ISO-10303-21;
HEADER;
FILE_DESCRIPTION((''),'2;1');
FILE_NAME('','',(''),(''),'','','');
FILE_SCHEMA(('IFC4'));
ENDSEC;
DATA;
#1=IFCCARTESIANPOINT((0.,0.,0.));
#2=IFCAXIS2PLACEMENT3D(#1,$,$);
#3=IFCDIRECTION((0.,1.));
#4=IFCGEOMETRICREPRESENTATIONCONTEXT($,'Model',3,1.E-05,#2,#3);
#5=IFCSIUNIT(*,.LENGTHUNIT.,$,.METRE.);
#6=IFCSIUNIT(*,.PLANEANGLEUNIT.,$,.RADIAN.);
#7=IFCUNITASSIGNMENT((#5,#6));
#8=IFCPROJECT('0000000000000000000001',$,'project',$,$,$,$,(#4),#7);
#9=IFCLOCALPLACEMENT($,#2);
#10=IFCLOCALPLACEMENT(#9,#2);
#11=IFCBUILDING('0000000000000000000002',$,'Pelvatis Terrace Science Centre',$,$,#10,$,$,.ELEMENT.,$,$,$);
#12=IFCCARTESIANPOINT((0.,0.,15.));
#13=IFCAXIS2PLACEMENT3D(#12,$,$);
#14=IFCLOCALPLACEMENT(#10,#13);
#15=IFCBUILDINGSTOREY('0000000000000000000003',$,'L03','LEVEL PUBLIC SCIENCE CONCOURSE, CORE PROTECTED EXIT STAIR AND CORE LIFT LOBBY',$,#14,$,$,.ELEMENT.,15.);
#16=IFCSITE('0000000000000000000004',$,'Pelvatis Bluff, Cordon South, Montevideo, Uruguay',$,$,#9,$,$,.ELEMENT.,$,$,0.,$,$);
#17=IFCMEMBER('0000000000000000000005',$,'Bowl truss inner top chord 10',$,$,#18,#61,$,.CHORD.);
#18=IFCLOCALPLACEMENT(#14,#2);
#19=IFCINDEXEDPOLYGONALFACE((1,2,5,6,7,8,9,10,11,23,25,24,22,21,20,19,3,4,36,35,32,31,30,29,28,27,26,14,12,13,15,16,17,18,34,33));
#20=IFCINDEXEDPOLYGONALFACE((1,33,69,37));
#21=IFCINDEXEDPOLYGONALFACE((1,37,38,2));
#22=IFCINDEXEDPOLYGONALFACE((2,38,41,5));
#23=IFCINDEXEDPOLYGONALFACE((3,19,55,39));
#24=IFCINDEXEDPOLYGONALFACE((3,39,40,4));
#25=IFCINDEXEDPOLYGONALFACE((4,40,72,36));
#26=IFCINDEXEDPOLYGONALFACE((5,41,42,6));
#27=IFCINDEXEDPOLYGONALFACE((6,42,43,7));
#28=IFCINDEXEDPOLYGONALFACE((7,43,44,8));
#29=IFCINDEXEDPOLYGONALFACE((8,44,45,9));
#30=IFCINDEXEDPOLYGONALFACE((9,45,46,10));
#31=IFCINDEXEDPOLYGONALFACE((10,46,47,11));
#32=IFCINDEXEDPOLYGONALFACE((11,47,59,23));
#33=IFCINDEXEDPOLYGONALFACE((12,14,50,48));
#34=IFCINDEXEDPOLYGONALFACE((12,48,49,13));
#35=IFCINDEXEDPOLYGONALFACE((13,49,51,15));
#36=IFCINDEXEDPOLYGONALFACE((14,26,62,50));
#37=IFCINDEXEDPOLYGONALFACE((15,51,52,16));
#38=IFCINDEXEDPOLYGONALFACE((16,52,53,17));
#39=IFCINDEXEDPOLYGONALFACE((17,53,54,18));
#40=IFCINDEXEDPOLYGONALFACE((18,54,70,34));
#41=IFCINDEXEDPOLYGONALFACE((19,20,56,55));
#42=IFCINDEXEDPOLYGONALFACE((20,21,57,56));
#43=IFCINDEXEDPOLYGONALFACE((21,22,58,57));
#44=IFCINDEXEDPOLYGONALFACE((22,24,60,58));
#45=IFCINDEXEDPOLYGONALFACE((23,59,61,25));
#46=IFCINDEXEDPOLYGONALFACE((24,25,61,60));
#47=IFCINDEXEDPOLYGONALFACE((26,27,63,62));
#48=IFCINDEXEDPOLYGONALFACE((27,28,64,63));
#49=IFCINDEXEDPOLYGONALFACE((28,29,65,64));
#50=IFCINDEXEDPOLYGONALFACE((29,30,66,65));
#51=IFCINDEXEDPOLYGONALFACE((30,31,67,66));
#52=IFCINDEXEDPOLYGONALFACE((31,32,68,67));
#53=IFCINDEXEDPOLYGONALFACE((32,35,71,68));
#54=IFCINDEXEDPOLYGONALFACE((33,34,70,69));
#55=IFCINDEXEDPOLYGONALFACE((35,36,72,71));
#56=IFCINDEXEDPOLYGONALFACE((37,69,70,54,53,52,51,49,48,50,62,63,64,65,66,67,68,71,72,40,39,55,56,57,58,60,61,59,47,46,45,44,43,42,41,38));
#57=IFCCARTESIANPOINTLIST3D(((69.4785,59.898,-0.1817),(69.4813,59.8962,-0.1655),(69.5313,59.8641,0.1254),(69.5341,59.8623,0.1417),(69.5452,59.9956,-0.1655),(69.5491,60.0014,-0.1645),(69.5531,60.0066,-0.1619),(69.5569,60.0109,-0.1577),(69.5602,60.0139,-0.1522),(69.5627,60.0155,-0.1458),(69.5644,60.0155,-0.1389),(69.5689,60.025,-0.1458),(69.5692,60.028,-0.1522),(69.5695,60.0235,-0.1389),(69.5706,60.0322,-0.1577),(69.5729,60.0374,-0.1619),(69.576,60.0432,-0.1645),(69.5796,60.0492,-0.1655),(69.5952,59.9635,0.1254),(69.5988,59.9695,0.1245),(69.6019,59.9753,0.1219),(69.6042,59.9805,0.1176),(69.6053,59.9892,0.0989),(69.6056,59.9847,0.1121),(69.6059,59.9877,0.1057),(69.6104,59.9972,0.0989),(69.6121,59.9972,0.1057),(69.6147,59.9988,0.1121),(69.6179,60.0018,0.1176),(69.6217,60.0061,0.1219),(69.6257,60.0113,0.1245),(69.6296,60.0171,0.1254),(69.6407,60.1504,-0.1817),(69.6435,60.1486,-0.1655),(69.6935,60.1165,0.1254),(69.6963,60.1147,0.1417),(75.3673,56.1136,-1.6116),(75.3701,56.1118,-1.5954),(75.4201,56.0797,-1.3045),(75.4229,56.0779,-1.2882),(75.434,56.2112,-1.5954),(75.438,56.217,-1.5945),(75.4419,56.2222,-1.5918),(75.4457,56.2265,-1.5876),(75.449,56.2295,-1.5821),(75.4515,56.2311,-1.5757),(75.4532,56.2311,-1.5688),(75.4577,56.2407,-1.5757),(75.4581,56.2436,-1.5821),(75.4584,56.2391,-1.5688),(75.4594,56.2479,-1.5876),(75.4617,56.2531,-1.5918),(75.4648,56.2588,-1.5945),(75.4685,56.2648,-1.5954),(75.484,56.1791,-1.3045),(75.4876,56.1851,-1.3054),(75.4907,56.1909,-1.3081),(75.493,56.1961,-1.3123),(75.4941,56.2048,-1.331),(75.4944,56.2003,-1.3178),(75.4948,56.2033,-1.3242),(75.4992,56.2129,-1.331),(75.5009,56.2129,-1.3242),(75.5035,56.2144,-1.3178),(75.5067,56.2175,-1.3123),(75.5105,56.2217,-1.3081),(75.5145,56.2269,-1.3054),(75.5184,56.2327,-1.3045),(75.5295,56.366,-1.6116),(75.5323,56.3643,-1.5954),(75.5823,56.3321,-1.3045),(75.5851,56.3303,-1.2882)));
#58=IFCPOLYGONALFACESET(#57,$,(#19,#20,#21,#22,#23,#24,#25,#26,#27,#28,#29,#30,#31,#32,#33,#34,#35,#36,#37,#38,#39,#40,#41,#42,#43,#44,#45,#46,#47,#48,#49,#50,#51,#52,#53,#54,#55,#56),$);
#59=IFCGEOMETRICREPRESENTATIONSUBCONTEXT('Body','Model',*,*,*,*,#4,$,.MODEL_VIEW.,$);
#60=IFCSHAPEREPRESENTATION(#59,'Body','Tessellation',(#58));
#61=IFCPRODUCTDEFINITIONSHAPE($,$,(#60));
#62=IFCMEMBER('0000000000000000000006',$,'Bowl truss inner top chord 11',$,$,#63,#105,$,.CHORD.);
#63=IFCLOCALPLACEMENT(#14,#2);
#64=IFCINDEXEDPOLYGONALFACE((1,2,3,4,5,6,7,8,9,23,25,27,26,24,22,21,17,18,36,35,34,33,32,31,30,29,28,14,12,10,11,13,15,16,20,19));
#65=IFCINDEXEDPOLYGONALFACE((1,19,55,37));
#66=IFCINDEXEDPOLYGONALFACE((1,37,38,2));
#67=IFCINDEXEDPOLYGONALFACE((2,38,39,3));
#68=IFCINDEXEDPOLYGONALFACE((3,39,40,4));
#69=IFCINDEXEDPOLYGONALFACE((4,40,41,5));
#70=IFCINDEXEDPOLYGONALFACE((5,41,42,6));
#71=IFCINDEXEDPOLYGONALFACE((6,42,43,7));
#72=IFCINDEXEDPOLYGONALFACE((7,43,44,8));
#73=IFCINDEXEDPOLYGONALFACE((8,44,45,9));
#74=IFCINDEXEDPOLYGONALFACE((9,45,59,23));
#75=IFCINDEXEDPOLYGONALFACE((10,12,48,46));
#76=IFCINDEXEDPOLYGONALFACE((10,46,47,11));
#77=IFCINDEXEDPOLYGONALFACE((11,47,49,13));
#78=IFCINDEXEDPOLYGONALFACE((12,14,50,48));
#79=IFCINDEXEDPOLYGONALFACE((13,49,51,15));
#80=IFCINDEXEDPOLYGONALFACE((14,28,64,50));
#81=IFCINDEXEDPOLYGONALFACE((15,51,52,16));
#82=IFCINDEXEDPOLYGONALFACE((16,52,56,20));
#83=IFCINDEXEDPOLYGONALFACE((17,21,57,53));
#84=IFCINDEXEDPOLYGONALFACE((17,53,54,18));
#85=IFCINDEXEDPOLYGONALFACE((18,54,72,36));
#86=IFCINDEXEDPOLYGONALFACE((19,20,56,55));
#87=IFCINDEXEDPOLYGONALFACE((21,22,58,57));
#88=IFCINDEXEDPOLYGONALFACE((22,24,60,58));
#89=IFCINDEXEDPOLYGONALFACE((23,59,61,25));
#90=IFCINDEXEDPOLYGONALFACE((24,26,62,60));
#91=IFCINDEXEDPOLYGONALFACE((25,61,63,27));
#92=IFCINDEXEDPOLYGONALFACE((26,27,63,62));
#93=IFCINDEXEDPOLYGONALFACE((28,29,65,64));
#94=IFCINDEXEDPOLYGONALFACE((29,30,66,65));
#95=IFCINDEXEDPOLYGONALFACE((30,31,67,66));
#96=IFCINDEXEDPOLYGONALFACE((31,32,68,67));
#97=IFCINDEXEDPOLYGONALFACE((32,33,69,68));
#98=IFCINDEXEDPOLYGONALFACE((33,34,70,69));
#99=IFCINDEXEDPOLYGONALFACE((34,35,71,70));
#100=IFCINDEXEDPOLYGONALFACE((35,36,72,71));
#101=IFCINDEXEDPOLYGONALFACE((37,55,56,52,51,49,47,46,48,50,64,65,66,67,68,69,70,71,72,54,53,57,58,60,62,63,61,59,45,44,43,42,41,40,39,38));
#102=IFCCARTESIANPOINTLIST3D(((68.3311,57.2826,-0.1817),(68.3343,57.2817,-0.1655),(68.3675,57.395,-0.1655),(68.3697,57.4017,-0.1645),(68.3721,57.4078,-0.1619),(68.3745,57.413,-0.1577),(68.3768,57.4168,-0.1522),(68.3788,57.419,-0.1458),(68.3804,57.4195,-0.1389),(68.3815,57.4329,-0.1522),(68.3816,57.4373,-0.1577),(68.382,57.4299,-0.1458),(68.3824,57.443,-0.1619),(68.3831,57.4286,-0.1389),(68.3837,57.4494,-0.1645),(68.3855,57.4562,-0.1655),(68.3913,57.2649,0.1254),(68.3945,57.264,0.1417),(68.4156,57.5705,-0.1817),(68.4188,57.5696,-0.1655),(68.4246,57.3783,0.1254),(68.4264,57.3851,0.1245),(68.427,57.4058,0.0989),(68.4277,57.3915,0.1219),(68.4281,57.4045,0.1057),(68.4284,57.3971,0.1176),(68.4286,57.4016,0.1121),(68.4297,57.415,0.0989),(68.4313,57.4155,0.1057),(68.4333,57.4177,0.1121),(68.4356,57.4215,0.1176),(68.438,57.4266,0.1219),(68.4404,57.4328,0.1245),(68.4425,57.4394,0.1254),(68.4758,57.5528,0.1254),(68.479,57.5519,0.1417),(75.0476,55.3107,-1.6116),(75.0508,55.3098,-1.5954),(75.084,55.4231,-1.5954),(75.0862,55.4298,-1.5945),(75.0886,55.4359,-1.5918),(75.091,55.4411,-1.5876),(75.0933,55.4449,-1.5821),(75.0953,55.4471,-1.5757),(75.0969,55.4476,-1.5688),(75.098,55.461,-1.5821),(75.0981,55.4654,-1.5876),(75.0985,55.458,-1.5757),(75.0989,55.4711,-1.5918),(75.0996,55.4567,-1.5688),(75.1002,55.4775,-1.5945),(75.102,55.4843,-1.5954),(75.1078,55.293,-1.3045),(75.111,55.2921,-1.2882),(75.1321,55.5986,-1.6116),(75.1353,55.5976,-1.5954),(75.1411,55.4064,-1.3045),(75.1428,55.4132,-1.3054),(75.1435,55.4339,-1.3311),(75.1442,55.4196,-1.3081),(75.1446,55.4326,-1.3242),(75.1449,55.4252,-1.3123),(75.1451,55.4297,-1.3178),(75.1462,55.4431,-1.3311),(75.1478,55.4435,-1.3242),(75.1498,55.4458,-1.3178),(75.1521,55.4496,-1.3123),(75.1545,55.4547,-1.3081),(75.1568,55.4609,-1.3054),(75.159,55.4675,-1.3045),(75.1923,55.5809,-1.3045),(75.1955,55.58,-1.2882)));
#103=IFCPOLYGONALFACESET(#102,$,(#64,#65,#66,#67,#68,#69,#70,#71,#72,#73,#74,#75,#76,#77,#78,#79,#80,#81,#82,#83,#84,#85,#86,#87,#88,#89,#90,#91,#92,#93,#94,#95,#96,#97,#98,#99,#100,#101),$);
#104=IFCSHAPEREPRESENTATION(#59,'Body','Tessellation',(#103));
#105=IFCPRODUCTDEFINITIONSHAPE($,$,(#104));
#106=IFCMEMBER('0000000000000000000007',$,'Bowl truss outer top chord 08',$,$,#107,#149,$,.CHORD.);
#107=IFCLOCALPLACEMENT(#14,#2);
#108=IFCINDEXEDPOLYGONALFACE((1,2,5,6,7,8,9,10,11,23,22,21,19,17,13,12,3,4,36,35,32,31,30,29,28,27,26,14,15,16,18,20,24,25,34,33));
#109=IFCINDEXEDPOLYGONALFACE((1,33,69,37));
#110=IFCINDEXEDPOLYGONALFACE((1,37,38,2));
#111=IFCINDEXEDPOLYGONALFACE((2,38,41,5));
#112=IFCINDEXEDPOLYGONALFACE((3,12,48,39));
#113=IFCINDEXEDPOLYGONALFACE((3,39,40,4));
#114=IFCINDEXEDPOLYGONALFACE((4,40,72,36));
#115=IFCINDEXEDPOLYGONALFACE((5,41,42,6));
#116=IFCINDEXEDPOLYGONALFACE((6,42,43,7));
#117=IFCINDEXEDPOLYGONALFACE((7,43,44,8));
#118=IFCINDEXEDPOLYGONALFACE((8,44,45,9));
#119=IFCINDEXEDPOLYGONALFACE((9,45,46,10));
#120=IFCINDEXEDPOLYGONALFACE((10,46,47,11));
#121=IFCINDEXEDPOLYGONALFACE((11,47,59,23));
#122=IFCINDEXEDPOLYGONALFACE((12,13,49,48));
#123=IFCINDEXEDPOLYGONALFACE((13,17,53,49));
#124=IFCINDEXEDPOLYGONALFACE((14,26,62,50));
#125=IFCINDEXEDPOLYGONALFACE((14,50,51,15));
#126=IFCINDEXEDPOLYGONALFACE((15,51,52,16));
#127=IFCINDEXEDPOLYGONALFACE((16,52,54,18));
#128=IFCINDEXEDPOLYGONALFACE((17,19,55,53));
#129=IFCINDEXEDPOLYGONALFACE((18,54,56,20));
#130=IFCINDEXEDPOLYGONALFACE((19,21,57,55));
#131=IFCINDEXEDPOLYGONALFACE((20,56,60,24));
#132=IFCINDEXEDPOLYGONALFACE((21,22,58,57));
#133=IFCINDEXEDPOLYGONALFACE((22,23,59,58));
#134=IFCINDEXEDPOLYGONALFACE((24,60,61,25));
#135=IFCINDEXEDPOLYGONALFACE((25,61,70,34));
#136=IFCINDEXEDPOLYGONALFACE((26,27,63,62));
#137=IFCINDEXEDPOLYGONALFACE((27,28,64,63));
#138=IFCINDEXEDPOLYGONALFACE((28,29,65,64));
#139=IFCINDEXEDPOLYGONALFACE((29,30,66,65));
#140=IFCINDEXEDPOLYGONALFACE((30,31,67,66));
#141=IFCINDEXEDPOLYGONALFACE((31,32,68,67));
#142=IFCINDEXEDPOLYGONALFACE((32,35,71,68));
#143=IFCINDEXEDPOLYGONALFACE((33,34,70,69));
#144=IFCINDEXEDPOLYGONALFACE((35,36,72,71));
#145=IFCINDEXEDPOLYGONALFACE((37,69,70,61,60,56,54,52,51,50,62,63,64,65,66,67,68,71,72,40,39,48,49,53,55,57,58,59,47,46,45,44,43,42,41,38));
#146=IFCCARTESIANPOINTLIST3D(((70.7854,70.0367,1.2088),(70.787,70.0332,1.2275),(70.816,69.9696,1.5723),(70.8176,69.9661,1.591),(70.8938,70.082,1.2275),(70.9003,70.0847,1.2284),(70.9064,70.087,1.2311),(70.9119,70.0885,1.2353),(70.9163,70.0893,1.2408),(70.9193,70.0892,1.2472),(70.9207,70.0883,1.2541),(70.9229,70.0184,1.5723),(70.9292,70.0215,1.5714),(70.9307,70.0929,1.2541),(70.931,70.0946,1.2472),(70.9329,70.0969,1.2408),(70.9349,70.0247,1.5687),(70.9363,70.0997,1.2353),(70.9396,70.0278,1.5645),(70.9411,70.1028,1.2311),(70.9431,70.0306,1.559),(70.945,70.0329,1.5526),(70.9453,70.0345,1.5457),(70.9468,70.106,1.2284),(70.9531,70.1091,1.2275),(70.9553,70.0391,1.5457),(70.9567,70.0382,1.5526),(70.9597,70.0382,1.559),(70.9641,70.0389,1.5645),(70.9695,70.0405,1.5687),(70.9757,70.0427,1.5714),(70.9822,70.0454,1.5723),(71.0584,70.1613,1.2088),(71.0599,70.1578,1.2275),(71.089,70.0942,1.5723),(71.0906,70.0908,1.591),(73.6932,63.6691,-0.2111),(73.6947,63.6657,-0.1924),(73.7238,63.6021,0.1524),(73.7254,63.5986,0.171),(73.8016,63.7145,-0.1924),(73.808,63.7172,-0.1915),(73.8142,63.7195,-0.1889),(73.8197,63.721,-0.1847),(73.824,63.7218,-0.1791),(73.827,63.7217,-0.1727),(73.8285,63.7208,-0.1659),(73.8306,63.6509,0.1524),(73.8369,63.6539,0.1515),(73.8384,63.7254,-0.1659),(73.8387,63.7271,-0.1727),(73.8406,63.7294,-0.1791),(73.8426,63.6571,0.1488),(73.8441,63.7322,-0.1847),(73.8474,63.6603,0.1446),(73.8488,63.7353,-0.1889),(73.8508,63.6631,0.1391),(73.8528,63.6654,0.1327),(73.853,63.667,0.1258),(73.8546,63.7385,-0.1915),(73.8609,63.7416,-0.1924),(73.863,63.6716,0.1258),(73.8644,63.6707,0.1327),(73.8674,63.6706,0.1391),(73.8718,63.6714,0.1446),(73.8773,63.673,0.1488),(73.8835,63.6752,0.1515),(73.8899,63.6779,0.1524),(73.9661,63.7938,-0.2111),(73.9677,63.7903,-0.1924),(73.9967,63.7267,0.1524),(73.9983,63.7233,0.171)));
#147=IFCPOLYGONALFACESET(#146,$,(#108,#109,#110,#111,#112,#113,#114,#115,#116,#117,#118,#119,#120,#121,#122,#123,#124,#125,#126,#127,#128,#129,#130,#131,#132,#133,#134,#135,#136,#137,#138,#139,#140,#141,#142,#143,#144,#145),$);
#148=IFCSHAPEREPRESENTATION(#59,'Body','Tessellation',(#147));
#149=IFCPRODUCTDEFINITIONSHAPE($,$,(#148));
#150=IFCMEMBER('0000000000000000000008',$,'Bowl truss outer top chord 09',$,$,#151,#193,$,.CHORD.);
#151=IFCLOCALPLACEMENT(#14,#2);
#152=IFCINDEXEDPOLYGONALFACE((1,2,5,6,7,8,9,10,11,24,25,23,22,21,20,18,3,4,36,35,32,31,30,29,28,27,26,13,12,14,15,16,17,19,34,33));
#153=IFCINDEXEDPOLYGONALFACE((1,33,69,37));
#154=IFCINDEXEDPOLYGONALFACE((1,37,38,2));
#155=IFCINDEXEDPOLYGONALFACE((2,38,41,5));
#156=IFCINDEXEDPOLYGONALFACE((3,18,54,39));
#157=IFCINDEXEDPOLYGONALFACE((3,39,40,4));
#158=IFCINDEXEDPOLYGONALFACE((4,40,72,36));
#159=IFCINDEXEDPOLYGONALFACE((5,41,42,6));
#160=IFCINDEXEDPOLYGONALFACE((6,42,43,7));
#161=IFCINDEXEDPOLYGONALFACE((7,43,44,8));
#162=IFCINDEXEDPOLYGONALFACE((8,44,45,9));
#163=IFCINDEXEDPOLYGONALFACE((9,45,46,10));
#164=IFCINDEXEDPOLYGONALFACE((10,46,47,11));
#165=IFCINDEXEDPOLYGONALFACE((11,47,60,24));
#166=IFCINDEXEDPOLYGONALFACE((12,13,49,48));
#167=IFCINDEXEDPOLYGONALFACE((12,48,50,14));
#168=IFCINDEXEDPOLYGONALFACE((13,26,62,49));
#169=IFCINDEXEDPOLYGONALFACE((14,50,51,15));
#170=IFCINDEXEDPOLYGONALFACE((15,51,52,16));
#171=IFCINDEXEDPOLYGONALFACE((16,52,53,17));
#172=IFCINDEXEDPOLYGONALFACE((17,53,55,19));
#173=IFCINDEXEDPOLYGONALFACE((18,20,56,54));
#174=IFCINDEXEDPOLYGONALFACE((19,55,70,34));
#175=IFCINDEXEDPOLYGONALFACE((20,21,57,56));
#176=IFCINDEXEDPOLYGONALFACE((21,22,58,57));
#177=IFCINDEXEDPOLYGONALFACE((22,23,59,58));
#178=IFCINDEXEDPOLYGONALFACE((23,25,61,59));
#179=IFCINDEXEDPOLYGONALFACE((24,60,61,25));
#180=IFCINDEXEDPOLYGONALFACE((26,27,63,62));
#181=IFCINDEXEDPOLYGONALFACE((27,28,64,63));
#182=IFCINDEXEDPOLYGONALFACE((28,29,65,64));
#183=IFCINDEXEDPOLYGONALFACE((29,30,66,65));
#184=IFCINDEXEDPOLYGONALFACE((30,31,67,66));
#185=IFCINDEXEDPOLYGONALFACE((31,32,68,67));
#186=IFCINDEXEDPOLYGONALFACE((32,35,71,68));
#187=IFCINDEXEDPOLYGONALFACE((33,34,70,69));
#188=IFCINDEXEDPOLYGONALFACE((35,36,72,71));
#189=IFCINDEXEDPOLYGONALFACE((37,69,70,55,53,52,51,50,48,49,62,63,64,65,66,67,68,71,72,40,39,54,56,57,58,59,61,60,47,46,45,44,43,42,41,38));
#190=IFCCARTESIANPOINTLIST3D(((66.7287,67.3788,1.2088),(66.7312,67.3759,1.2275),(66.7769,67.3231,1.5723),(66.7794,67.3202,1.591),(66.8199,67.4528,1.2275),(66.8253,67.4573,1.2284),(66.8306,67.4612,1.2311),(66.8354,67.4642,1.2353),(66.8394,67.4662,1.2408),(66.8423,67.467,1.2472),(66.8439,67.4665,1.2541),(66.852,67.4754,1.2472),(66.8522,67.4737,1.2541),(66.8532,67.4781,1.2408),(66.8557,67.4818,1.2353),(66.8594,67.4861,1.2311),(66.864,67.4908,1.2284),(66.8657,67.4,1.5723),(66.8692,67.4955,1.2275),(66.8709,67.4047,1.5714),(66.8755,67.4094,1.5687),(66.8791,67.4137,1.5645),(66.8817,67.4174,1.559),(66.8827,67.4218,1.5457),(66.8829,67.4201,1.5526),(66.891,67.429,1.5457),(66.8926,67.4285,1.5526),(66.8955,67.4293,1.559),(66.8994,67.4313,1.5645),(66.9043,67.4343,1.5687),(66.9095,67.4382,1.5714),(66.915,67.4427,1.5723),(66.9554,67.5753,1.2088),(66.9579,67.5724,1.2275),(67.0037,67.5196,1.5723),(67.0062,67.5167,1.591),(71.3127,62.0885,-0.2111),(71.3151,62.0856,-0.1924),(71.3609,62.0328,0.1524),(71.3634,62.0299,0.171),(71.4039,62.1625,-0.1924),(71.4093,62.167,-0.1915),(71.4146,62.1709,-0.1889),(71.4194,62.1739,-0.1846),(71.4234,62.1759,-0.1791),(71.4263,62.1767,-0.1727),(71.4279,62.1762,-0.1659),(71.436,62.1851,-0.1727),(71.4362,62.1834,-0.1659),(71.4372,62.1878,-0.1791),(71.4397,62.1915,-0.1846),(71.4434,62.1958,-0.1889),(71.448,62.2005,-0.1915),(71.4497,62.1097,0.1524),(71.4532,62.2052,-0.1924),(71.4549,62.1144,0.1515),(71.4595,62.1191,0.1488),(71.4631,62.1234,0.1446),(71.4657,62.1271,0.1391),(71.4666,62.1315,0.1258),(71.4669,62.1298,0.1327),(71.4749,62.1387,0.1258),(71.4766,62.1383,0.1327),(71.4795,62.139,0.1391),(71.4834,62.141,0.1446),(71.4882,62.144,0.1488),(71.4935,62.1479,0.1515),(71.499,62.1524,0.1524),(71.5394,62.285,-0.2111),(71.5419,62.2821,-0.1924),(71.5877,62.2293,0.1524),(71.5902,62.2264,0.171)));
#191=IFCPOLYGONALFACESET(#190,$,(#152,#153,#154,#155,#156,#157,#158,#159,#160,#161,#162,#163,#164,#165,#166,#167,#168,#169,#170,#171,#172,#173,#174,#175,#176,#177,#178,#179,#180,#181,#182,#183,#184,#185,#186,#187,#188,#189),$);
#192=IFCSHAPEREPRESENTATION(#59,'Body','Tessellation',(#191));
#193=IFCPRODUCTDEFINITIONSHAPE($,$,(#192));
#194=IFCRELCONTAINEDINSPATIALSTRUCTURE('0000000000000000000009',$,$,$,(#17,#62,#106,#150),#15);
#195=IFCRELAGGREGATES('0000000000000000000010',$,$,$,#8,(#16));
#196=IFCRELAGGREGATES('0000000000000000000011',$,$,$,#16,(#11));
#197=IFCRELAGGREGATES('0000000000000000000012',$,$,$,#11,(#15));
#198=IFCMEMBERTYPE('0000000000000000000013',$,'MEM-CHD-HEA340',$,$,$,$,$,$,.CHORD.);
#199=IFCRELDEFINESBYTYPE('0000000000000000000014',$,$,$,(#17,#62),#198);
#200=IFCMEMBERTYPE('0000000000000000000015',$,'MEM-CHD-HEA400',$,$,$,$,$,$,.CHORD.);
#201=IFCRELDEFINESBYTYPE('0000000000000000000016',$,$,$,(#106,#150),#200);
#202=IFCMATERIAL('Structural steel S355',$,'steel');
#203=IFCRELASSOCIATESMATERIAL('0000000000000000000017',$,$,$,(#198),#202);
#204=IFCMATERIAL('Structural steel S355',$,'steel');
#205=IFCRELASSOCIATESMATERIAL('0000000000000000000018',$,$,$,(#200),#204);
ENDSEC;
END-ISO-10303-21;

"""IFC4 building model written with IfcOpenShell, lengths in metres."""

from ifc_helpers import new_model, si_unit, direction, frame, origin, origin_2d, place, context, subcontext, project, spatial, i_section, extrude, material, material_profile, profile_set, type_object, element, save


model = new_model("IFC4")

# Units and contexts
model_context = context("Model", 3, precision=1e-05, world=origin(), true_north=direction((0.0, 1.0)))
body_context = subcontext(model_context, "Body", "Model", "MODEL_VIEW")
ifc_project = project(units=[si_unit("LENGTHUNIT", "METRE"), si_unit("PLANEANGLEUNIT", "RADIAN")], contexts=[model_context])

# Site, building, storey
site_placement = place(None, origin())
site = spatial("IfcSite", under=ifc_project, at=site_placement, Name="Pelvatis Bluff, Cordon South, Montevideo, Uruguay", CompositionType="ELEMENT", RefElevation=0.0)
building_placement = place(site_placement, origin())
building = spatial("IfcBuilding", under=site, at=building_placement, Name="Pelvatis Terrace Science Centre", CompositionType="ELEMENT")
storey_placement = place(building_placement, frame((0.0, 0.0, 15.0)))
storey = spatial("IfcBuildingStorey", under=building, at=storey_placement, Name="L03", Description="LEVEL PUBLIC SCIENCE CONCOURSE, CORE PROTECTED EXIT STAIR AND CORE LIFT LOBBY", CompositionType="ELEMENT", Elevation=15.0)

# Members
ifc_material_1 = material(Name="Structural steel S355", Category="steel")
ifc_material_profile_1 = material_profile(ifc_material_1, i_section(OverallWidth=0.3, OverallDepth=0.3301, WebThickness=0.0095, FlangeThickness=0.0166, FilletRadius=0.0271, at=origin_2d()), Name="HEA 340")
ifc_profile_set_1 = profile_set([ifc_material_profile_1], Name="Structural steel S355")
member_type_1 = type_object("IfcMemberType", Name="MEM-CHD-HEA340", PredefinedType="CHORD", material=ifc_profile_set_1)
for number, where, z_axis, x_axis, name in (
    (1, (69.5874, 60.0063, -0.02), (0.824242, -0.529687, -0.20014), (0.540625, 0.841263, 0.0), "Bowl truss inner top chord 10"),
    (2, (68.405, 57.4172, -0.02), (0.940088, -0.276002, -0.200142), (0.281702, 0.959502, 0.0), "Bowl truss inner top chord 11"),
):
    element("IfcMember", number, at=place(storey_placement, frame(where, z_axis=z_axis, x_axis=x_axis)), inside=storey, type_object=member_type_1, Name=name, PredefinedType="CHORD", context=body_context, shape_type="SweptSolid", body=[
        extrude(i_section(OverallWidth=0.3, OverallDepth=0.3301, WebThickness=0.0095, FlangeThickness=0.0166, FilletRadius=0.0271, at=origin_2d()), origin(), (0.0, 0.0, 1.0), 7.1445),
    ])
ifc_material_2 = material(Name="Structural steel S355", Category="steel")
ifc_material_profile_2 = material_profile(ifc_material_2, i_section(OverallWidth=0.3, OverallDepth=0.3899, WebThickness=0.011, FlangeThickness=0.019, FilletRadius=0.0271, at=origin_2d()), Name="HEA 400")
ifc_profile_set_2 = profile_set([ifc_material_profile_2], Name="Structural steel S355")
member_type_2 = type_object("IfcMemberType", Name="MEM-CHD-HEA400", PredefinedType="CHORD", material=ifc_profile_set_2)
for number, where, z_axis, x_axis, name in (
    (3, (70.938, 70.0637, 1.3999), (0.407101, -0.891486, -0.198799), (0.909642, 0.415392, 0.0), "Bowl truss outer top chord 08"),
    (4, (66.8674, 67.4478, 1.3999), (0.641784, -0.74067, -0.198797), (0.755755, 0.654855, 0.0), "Bowl truss outer top chord 09"),
):
    element("IfcMember", number, at=place(storey_placement, frame(where, z_axis=z_axis, x_axis=x_axis)), inside=storey, type_object=member_type_2, Name=name, PredefinedType="CHORD", context=body_context, shape_type="SweptSolid", body=[
        extrude(i_section(OverallWidth=0.3, OverallDepth=0.3899, WebThickness=0.011, FlangeThickness=0.019, FilletRadius=0.0271, at=origin_2d()), origin(), (0.0, 0.0, 1.0), 7.1426),
    ])

save(model, "model.ifc")
